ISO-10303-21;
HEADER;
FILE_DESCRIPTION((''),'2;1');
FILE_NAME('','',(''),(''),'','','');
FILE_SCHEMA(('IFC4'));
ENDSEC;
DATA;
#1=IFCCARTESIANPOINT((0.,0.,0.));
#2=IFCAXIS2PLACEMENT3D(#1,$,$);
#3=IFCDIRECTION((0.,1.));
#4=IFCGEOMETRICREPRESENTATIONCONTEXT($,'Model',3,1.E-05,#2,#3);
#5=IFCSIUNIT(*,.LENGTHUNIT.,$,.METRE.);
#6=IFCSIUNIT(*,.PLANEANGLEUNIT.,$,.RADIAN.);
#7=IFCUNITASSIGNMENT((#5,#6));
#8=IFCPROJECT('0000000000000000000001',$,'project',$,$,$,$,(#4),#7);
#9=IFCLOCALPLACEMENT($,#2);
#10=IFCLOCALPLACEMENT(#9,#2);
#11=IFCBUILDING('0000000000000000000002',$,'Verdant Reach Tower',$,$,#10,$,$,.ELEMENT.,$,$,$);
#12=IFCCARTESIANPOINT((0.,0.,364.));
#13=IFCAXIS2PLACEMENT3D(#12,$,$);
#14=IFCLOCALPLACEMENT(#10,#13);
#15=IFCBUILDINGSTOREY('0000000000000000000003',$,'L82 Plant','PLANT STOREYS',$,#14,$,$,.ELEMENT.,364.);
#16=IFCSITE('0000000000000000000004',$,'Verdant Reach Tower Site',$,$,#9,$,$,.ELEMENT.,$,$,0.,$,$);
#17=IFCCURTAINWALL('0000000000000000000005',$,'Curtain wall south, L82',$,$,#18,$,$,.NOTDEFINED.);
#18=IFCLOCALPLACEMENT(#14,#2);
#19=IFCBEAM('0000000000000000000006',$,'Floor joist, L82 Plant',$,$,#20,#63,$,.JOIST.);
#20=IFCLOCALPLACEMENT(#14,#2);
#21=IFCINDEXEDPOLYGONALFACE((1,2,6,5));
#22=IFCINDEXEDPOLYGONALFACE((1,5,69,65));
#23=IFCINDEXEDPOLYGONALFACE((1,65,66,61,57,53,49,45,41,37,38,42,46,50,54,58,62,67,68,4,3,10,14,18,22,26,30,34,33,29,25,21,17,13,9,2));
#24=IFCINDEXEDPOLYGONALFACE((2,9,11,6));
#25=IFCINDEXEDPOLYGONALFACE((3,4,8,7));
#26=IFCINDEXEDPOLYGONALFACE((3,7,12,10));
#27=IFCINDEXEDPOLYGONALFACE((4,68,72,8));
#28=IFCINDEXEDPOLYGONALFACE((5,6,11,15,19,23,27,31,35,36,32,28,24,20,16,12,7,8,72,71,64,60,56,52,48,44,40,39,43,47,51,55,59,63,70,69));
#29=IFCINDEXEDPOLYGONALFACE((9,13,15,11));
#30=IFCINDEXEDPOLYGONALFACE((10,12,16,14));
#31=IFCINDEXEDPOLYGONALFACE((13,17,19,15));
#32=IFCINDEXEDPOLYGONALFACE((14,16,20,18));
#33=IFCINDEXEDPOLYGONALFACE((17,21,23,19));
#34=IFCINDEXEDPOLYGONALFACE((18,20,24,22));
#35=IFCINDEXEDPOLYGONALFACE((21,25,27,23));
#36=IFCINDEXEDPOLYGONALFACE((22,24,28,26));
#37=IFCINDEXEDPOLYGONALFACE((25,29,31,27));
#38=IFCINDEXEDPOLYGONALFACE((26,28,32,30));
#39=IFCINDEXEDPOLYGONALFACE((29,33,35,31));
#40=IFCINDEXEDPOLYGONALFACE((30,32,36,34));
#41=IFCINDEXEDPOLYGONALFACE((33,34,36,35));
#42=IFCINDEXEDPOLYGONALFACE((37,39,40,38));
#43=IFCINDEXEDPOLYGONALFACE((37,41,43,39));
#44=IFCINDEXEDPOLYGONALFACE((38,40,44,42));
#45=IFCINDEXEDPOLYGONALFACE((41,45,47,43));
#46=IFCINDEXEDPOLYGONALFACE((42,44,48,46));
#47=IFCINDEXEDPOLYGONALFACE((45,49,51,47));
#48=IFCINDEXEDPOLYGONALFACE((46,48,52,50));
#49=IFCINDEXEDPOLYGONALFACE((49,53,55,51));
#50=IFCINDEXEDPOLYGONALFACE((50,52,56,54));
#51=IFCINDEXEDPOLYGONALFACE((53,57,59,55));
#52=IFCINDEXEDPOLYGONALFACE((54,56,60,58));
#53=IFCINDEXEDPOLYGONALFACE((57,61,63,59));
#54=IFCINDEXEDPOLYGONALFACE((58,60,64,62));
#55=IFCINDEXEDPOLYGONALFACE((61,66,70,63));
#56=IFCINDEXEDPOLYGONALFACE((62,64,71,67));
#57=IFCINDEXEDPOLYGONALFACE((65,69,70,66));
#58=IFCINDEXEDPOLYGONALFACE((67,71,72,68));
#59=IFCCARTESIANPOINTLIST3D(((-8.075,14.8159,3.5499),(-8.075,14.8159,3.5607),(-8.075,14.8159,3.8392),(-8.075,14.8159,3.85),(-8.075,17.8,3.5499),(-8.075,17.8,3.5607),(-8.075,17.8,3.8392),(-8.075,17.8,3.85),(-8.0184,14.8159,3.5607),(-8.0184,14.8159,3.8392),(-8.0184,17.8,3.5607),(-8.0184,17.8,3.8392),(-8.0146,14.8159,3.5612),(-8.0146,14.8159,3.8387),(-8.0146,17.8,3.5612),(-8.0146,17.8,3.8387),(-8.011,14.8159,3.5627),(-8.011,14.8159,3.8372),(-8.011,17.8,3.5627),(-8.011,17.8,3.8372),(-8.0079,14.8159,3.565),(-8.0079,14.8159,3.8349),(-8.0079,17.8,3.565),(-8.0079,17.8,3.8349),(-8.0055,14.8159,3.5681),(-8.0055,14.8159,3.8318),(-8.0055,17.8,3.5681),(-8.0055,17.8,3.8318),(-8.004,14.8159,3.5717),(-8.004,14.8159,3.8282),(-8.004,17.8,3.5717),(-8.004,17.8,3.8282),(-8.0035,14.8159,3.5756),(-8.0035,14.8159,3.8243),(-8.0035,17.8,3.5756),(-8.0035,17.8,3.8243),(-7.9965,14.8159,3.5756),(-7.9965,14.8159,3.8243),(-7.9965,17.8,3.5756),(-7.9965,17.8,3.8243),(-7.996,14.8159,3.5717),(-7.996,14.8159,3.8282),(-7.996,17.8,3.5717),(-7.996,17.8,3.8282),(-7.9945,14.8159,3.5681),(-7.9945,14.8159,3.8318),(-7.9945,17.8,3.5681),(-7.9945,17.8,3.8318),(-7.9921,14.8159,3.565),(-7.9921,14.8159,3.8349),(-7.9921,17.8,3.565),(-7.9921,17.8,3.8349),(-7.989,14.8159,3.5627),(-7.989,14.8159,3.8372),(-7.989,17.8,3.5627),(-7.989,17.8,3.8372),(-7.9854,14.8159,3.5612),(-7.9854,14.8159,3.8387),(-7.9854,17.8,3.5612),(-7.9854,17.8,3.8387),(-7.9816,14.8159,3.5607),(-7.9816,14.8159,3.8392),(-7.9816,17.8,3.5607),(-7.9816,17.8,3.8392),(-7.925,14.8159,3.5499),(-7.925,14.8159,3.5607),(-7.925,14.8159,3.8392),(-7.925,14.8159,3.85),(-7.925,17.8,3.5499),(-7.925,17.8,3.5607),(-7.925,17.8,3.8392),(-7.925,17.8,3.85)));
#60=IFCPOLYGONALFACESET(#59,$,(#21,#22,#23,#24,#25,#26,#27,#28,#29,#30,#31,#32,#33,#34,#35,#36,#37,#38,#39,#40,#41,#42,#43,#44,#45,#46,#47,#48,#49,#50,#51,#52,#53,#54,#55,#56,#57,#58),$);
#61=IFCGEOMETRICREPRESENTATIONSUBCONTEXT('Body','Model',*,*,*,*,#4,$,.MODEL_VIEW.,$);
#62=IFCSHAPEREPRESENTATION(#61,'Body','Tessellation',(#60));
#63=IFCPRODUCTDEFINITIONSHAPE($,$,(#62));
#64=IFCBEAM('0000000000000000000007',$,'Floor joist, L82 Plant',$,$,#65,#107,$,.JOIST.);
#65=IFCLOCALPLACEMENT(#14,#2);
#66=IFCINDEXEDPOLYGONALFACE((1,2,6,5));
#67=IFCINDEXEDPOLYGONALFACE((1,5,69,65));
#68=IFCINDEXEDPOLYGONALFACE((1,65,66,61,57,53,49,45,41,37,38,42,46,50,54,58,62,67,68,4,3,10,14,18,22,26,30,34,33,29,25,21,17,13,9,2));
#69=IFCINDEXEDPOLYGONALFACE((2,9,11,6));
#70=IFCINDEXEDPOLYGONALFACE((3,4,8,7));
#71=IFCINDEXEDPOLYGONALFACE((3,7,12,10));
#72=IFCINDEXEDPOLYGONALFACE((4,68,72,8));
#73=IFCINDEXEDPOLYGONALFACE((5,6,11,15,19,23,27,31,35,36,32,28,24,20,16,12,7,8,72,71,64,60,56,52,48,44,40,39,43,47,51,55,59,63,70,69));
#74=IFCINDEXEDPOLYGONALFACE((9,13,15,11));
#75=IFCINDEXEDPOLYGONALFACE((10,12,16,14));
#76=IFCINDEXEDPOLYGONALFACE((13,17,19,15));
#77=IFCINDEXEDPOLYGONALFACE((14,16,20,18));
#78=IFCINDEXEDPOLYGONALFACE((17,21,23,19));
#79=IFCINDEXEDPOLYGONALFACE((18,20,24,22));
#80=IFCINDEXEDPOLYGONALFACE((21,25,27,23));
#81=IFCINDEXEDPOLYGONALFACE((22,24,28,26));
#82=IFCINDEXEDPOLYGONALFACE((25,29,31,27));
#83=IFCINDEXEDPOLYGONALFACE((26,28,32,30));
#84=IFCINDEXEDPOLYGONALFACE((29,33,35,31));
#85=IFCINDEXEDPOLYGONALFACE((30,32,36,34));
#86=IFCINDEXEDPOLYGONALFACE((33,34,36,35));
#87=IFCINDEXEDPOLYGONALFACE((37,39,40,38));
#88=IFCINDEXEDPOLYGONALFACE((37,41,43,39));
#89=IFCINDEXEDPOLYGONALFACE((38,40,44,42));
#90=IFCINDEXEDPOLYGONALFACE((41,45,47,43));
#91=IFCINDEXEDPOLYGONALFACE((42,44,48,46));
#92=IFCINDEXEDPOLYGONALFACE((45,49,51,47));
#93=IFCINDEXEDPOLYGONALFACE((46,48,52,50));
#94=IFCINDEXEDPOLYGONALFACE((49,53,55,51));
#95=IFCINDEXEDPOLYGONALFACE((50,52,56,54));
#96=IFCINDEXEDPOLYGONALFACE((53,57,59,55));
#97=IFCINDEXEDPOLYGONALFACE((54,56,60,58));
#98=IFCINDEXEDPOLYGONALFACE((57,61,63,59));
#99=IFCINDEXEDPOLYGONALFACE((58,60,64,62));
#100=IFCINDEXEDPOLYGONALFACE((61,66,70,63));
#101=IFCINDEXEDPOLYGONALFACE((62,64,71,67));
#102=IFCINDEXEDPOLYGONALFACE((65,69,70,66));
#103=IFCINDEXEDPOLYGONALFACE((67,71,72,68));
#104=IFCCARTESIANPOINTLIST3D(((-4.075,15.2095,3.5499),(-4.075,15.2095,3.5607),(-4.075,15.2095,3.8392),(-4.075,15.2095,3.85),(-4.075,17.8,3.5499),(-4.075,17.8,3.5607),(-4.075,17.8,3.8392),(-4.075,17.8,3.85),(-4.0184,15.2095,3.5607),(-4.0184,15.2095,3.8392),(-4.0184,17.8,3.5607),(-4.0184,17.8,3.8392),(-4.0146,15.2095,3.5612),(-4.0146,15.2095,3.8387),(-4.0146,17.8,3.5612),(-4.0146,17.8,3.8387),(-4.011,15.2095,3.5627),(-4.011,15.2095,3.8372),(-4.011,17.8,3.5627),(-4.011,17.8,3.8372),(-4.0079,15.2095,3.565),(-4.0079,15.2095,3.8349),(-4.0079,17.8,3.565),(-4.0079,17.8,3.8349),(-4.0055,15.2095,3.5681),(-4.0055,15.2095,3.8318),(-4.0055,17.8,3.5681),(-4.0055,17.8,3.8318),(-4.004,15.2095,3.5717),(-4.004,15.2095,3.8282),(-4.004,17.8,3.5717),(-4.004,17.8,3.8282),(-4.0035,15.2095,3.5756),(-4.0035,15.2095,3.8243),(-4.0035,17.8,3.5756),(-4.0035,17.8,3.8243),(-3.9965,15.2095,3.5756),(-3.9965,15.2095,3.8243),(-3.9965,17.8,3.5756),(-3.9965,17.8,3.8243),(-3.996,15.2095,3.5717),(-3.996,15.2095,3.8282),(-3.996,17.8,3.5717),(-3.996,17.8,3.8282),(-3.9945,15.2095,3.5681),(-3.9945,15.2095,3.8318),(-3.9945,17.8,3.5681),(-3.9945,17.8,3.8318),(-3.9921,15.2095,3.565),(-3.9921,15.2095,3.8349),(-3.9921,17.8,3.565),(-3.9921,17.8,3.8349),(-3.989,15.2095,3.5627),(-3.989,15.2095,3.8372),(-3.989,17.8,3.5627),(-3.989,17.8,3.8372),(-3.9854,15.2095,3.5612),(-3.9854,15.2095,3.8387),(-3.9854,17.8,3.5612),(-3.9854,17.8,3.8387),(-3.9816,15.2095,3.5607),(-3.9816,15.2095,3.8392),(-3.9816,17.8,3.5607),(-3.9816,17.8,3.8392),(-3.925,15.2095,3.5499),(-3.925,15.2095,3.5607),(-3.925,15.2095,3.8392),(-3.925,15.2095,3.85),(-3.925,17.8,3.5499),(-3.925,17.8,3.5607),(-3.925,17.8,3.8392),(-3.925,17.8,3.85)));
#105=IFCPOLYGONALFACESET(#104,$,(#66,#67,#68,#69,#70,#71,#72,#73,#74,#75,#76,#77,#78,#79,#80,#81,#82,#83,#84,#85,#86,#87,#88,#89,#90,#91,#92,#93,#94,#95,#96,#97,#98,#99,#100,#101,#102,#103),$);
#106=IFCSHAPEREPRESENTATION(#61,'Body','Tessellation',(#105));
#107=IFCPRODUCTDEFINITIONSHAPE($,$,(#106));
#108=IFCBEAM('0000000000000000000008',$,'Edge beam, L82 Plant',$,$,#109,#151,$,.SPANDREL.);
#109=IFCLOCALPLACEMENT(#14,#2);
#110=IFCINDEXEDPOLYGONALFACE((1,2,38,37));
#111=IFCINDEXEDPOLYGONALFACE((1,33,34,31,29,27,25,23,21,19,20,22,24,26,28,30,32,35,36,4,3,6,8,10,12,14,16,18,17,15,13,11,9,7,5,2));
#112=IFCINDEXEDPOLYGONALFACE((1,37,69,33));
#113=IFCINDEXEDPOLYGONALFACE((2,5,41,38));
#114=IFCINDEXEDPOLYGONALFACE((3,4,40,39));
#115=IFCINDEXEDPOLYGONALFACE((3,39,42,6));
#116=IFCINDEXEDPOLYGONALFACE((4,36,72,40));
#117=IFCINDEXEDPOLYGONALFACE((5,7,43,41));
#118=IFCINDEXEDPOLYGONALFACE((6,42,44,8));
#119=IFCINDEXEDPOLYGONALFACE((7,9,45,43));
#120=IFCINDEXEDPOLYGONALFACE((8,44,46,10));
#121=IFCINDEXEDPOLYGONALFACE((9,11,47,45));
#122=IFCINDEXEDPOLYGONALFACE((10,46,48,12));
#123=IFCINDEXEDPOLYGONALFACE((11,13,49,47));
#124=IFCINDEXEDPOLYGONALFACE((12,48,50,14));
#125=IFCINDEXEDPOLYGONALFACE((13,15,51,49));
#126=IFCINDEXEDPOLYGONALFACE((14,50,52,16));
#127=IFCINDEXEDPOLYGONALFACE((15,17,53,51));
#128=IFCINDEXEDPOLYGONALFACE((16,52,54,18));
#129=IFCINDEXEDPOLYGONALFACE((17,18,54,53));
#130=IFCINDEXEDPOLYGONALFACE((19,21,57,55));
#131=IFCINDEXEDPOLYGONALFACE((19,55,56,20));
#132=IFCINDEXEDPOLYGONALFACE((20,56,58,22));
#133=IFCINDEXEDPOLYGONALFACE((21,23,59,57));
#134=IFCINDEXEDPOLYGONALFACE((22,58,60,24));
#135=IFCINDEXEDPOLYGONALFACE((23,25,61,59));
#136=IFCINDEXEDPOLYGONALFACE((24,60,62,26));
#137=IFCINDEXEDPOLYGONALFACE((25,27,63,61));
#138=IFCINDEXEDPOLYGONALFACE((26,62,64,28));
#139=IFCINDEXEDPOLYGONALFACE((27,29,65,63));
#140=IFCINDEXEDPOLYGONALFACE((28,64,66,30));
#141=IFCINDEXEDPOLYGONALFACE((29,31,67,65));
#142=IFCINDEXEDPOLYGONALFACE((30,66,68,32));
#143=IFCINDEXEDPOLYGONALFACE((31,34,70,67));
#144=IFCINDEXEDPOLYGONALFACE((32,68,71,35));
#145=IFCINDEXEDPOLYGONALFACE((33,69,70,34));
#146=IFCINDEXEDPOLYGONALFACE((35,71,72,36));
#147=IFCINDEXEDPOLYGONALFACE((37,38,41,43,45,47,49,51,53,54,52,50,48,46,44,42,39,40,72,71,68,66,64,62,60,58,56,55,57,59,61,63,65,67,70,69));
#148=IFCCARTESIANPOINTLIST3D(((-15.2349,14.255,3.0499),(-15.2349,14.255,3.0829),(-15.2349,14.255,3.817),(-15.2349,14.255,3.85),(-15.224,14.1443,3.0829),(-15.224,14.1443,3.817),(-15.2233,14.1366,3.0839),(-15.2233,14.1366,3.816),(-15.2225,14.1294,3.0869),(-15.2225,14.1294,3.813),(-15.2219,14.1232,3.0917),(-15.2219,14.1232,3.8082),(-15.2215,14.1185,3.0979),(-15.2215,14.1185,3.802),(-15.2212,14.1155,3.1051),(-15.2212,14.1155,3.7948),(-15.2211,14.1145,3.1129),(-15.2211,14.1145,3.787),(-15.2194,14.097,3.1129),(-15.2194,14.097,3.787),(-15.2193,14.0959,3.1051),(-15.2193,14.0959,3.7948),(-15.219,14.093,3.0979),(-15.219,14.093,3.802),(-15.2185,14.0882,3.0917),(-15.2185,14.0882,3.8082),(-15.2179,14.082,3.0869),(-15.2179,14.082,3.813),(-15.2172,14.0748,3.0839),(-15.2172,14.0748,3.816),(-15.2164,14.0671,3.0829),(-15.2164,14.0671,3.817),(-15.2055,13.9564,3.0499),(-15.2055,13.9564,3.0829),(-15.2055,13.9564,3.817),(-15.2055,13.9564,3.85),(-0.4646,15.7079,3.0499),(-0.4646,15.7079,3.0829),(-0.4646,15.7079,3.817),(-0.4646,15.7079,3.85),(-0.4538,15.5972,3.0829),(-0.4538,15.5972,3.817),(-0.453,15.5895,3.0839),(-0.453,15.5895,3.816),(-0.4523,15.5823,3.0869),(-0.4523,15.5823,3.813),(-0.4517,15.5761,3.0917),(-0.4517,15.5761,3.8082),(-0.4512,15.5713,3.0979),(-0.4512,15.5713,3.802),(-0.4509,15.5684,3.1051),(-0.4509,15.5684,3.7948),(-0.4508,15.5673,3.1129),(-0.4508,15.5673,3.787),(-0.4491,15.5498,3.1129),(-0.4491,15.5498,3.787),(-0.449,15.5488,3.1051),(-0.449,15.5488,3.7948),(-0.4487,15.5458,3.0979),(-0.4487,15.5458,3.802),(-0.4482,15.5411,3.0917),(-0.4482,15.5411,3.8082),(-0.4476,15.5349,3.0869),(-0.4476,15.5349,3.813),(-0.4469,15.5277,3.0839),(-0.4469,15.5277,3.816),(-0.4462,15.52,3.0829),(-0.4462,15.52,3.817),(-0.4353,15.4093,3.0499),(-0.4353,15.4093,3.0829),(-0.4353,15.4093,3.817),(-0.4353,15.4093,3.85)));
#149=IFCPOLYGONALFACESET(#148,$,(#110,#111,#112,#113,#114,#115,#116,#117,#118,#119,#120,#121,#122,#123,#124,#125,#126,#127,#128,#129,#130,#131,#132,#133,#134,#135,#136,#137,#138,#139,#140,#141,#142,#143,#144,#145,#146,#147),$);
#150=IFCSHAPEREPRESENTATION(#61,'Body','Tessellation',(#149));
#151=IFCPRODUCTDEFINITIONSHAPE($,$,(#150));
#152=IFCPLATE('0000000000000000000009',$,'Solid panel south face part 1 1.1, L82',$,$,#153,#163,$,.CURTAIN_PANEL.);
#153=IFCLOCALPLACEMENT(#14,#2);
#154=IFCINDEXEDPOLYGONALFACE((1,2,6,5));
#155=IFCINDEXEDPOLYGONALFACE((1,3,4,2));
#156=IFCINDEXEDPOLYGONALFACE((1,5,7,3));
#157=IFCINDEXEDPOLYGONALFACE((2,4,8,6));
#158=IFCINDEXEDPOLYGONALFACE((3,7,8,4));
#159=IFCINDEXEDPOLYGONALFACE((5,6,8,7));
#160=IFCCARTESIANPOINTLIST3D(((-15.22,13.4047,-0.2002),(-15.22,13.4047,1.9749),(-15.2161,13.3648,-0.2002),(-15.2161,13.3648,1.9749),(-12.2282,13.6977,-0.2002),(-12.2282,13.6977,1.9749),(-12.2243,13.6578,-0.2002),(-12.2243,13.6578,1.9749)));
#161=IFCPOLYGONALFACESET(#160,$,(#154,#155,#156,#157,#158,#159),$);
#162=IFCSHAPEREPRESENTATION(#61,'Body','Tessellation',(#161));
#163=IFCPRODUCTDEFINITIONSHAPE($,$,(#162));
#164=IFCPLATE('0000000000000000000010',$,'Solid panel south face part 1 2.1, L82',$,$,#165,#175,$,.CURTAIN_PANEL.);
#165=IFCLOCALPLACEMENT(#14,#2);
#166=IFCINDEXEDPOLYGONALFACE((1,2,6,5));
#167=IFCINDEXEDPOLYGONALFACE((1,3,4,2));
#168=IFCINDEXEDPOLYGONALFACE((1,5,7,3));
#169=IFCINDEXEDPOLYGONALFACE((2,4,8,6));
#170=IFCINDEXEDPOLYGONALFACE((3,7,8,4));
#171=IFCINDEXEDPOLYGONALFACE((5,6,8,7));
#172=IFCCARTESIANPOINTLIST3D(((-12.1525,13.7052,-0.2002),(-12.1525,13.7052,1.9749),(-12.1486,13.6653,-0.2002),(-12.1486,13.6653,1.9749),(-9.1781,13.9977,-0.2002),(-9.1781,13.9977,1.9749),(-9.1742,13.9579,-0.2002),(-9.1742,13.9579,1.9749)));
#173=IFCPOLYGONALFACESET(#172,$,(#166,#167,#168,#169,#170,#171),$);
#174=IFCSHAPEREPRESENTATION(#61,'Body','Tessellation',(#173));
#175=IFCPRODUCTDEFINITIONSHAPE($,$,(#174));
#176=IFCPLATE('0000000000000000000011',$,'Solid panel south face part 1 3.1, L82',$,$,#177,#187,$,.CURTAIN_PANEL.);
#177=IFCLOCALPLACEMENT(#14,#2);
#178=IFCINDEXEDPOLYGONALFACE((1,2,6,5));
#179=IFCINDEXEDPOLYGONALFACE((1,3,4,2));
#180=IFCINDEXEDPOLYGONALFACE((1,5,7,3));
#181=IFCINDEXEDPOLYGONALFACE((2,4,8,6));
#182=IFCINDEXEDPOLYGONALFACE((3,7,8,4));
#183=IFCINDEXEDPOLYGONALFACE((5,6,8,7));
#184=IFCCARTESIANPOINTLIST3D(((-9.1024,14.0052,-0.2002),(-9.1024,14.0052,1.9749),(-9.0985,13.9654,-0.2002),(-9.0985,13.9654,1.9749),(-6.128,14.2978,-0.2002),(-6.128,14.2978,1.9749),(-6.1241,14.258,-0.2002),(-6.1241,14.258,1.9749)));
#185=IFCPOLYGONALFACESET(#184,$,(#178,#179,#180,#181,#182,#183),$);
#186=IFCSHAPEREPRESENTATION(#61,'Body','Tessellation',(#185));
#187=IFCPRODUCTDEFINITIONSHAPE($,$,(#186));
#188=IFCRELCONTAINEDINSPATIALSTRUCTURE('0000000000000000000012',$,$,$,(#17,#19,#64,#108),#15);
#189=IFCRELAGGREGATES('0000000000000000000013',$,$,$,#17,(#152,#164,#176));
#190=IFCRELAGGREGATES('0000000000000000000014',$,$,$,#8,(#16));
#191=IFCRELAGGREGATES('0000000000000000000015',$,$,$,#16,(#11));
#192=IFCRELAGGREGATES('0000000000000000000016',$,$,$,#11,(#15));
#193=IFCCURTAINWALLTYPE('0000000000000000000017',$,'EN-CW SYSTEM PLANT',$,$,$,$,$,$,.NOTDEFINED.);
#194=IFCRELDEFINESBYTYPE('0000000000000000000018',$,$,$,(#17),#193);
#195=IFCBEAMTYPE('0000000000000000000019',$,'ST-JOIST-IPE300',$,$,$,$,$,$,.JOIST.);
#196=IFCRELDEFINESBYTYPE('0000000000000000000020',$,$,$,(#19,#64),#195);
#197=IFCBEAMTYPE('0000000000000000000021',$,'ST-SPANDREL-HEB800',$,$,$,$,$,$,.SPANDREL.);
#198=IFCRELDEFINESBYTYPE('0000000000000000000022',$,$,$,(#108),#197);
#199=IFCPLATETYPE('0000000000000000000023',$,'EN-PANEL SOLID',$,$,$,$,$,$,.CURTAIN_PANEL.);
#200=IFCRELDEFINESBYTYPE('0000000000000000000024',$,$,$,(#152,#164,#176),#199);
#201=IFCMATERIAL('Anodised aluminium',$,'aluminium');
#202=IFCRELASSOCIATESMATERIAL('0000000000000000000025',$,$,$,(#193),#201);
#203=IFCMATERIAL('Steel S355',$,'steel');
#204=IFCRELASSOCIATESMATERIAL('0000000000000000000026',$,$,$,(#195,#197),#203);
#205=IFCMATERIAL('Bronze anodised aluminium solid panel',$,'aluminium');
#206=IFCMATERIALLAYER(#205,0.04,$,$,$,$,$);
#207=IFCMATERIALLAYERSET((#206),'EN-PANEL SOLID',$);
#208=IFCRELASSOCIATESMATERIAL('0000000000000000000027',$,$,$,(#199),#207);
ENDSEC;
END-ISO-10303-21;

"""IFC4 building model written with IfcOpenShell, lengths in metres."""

from ifc_helpers import new_model, si_unit, direction, frame, origin, origin_2d, place, context, subcontext, project, spatial, rectangle, i_section, extrude, material, layer, layer_set, material_profile, profile_set, type_object, element, aggregate, save


model = new_model("IFC4")

# Units and contexts
model_context = context("Model", 3, precision=1e-05, world=origin(), true_north=direction((0.0, 1.0)))
body_context = subcontext(model_context, "Body", "Model", "MODEL_VIEW")
ifc_project = project(units=[si_unit("LENGTHUNIT", "METRE"), si_unit("PLANEANGLEUNIT", "RADIAN")], contexts=[model_context])

# Site, building, storey
site_placement = place(None, origin())
site = spatial("IfcSite", under=ifc_project, at=site_placement, Name="Verdant Reach Tower Site", CompositionType="ELEMENT", RefElevation=0.0)
building_placement = place(site_placement, origin())
building = spatial("IfcBuilding", under=site, at=building_placement, Name="Verdant Reach Tower", CompositionType="ELEMENT")
storey_placement = place(building_placement, frame((0.0, 0.0, 364.0)))
storey = spatial("IfcBuildingStorey", under=building, at=storey_placement, Name="L82 Plant", Description="PLANT STOREYS", CompositionType="ELEMENT", Elevation=364.0)

# Curtain wall
ifc_material_1 = material(Name="Anodised aluminium", Category="aluminium")
curtain_wall_type = type_object("IfcCurtainWallType", Name="EN-CW SYSTEM PLANT", PredefinedType="NOTDEFINED", material=ifc_material_1)
curtain_wall_placement = place(storey_placement, origin())
curtain_wall = element("IfcCurtainWall", 1, at=curtain_wall_placement, inside=storey, type_object=curtain_wall_type, Name="Curtain wall south, L82", PredefinedType="NOTDEFINED")

# Beams
ifc_material_2 = material(Name="Steel S355", Category="steel")
ifc_material_profile_1 = material_profile(ifc_material_2, i_section(OverallWidth=0.1499, OverallDepth=0.3, WebThickness=0.0071, FlangeThickness=0.0107, FilletRadius=0.0149, at=origin_2d()), Name="IPE 300")
ifc_profile_set_1 = profile_set([ifc_material_profile_1], Name="Steel S355")
beam_type_1 = type_object("IfcBeamType", Name="ST-JOIST-IPE300", PredefinedType="JOIST", material=ifc_profile_set_1)
beam_1_placement = place(storey_placement, frame((-8.0, 17.8, 3.7), z_axis=(0.0, -1.0, 0.0), x_axis=(1.0, 0.0, 0.0)))
element("IfcBeam", 2, at=beam_1_placement, inside=storey, type_object=beam_type_1, Name="Floor joist, L82 Plant", PredefinedType="JOIST", context=body_context, shape_type="SweptSolid", body=[
    extrude(i_section(OverallWidth=0.1499, OverallDepth=0.3, WebThickness=0.0071, FlangeThickness=0.0107, FilletRadius=0.0149, at=origin_2d()), origin(), (0.0, 0.0, 1.0), 2.9841),
])
beam_2_placement = place(storey_placement, frame((-4.0, 17.8, 3.7), z_axis=(0.0, -1.0, 0.0), x_axis=(1.0, 0.0, 0.0)))
element("IfcBeam", 3, at=beam_2_placement, inside=storey, type_object=beam_type_1, Name="Floor joist, L82 Plant", PredefinedType="JOIST", context=body_context, shape_type="SweptSolid", body=[
    extrude(i_section(OverallWidth=0.1499, OverallDepth=0.3, WebThickness=0.0071, FlangeThickness=0.0107, FilletRadius=0.0149, at=origin_2d()), origin(), (0.0, 0.0, 1.0), 2.5906),
])
ifc_material_profile_2 = material_profile(ifc_material_2, i_section(OverallWidth=0.3, OverallDepth=0.8, WebThickness=0.0176, FlangeThickness=0.033, FilletRadius=0.03, at=origin_2d()), Name="HEB 800")
ifc_profile_set_2 = profile_set([ifc_material_profile_2], Name="Steel S355")
beam_type_2 = type_object("IfcBeamType", Name="ST-SPANDREL-HEB800", PredefinedType="SPANDREL", material=ifc_profile_set_2)
beam_3_placement = place(storey_placement, frame((-0.45, 15.5586, 3.45), z_axis=(-0.995197, -0.097893, 0.0), x_axis=(0.097893, -0.995197, 0.0)))
element("IfcBeam", 4, at=beam_3_placement, inside=storey, type_object=beam_type_2, Name="Edge beam, L82 Plant", PredefinedType="SPANDREL", context=body_context, shape_type="SweptSolid", body=[
    extrude(i_section(OverallWidth=0.3, OverallDepth=0.8, WebThickness=0.0176, FlangeThickness=0.033, FilletRadius=0.03, at=origin_2d()), origin(), (0.0, 0.0, 1.0), 14.8416),
])

# Plates
ifc_material_3 = material(Name="Bronze anodised aluminium solid panel", Category="aluminium")
ifc_layer_1 = layer(ifc_material_3, 0.04)
ifc_layer_set_1 = layer_set([ifc_layer_1], Name="EN-PANEL SOLID")
plate_type = type_object("IfcPlateType", Name="EN-PANEL SOLID", PredefinedType="CURTAIN_PANEL", material=ifc_layer_set_1)
plate_1_placement = place(storey_placement, frame((-13.7222, 13.5312, -0.2002), z_axis=(0.0, 0.0, 1.0), x_axis=(0.995238, 0.097473, 0.0)))
plate_1 = element("IfcPlate", 5, at=plate_1_placement, type_object=plate_type, Name="Solid panel south face part 1 1.1, L82", PredefinedType="CURTAIN_PANEL", context=body_context, shape_type="SweptSolid", body=[
    extrude(rectangle(XDim=3.0061, YDim=0.04, at=origin_2d()), origin(), (0.0, 0.0, 1.0), 2.175),
])
plate_2_placement = place(storey_placement, frame((-10.6633, 13.8315, -0.2002), z_axis=(0.0, 0.0, 1.0), x_axis=(0.995197, 0.097888, 0.0)))
plate_2 = element("IfcPlate", 6, at=plate_2_placement, type_object=plate_type, Name="Solid panel south face part 1 2.1, L82", PredefinedType="CURTAIN_PANEL", context=body_context, shape_type="SweptSolid", body=[
    extrude(rectangle(XDim=2.9888, YDim=0.04, at=origin_2d()), origin(), (0.0, 0.0, 1.0), 2.175),
])
plate_3_placement = place(storey_placement, frame((-7.6133, 14.1316, -0.2002), z_axis=(0.0, 0.0, 1.0), x_axis=(0.995197, 0.097888, 0.0)))
plate_3 = element("IfcPlate", 7, at=plate_3_placement, type_object=plate_type, Name="Solid panel south face part 1 3.1, L82", PredefinedType="CURTAIN_PANEL", context=body_context, shape_type="SweptSolid", body=[
    extrude(rectangle(XDim=2.9888, YDim=0.04, at=origin_2d()), origin(), (0.0, 0.0, 1.0), 2.175),
])

aggregate(curtain_wall, [plate_1, plate_2, plate_3])

save(model, "model.ifc")
